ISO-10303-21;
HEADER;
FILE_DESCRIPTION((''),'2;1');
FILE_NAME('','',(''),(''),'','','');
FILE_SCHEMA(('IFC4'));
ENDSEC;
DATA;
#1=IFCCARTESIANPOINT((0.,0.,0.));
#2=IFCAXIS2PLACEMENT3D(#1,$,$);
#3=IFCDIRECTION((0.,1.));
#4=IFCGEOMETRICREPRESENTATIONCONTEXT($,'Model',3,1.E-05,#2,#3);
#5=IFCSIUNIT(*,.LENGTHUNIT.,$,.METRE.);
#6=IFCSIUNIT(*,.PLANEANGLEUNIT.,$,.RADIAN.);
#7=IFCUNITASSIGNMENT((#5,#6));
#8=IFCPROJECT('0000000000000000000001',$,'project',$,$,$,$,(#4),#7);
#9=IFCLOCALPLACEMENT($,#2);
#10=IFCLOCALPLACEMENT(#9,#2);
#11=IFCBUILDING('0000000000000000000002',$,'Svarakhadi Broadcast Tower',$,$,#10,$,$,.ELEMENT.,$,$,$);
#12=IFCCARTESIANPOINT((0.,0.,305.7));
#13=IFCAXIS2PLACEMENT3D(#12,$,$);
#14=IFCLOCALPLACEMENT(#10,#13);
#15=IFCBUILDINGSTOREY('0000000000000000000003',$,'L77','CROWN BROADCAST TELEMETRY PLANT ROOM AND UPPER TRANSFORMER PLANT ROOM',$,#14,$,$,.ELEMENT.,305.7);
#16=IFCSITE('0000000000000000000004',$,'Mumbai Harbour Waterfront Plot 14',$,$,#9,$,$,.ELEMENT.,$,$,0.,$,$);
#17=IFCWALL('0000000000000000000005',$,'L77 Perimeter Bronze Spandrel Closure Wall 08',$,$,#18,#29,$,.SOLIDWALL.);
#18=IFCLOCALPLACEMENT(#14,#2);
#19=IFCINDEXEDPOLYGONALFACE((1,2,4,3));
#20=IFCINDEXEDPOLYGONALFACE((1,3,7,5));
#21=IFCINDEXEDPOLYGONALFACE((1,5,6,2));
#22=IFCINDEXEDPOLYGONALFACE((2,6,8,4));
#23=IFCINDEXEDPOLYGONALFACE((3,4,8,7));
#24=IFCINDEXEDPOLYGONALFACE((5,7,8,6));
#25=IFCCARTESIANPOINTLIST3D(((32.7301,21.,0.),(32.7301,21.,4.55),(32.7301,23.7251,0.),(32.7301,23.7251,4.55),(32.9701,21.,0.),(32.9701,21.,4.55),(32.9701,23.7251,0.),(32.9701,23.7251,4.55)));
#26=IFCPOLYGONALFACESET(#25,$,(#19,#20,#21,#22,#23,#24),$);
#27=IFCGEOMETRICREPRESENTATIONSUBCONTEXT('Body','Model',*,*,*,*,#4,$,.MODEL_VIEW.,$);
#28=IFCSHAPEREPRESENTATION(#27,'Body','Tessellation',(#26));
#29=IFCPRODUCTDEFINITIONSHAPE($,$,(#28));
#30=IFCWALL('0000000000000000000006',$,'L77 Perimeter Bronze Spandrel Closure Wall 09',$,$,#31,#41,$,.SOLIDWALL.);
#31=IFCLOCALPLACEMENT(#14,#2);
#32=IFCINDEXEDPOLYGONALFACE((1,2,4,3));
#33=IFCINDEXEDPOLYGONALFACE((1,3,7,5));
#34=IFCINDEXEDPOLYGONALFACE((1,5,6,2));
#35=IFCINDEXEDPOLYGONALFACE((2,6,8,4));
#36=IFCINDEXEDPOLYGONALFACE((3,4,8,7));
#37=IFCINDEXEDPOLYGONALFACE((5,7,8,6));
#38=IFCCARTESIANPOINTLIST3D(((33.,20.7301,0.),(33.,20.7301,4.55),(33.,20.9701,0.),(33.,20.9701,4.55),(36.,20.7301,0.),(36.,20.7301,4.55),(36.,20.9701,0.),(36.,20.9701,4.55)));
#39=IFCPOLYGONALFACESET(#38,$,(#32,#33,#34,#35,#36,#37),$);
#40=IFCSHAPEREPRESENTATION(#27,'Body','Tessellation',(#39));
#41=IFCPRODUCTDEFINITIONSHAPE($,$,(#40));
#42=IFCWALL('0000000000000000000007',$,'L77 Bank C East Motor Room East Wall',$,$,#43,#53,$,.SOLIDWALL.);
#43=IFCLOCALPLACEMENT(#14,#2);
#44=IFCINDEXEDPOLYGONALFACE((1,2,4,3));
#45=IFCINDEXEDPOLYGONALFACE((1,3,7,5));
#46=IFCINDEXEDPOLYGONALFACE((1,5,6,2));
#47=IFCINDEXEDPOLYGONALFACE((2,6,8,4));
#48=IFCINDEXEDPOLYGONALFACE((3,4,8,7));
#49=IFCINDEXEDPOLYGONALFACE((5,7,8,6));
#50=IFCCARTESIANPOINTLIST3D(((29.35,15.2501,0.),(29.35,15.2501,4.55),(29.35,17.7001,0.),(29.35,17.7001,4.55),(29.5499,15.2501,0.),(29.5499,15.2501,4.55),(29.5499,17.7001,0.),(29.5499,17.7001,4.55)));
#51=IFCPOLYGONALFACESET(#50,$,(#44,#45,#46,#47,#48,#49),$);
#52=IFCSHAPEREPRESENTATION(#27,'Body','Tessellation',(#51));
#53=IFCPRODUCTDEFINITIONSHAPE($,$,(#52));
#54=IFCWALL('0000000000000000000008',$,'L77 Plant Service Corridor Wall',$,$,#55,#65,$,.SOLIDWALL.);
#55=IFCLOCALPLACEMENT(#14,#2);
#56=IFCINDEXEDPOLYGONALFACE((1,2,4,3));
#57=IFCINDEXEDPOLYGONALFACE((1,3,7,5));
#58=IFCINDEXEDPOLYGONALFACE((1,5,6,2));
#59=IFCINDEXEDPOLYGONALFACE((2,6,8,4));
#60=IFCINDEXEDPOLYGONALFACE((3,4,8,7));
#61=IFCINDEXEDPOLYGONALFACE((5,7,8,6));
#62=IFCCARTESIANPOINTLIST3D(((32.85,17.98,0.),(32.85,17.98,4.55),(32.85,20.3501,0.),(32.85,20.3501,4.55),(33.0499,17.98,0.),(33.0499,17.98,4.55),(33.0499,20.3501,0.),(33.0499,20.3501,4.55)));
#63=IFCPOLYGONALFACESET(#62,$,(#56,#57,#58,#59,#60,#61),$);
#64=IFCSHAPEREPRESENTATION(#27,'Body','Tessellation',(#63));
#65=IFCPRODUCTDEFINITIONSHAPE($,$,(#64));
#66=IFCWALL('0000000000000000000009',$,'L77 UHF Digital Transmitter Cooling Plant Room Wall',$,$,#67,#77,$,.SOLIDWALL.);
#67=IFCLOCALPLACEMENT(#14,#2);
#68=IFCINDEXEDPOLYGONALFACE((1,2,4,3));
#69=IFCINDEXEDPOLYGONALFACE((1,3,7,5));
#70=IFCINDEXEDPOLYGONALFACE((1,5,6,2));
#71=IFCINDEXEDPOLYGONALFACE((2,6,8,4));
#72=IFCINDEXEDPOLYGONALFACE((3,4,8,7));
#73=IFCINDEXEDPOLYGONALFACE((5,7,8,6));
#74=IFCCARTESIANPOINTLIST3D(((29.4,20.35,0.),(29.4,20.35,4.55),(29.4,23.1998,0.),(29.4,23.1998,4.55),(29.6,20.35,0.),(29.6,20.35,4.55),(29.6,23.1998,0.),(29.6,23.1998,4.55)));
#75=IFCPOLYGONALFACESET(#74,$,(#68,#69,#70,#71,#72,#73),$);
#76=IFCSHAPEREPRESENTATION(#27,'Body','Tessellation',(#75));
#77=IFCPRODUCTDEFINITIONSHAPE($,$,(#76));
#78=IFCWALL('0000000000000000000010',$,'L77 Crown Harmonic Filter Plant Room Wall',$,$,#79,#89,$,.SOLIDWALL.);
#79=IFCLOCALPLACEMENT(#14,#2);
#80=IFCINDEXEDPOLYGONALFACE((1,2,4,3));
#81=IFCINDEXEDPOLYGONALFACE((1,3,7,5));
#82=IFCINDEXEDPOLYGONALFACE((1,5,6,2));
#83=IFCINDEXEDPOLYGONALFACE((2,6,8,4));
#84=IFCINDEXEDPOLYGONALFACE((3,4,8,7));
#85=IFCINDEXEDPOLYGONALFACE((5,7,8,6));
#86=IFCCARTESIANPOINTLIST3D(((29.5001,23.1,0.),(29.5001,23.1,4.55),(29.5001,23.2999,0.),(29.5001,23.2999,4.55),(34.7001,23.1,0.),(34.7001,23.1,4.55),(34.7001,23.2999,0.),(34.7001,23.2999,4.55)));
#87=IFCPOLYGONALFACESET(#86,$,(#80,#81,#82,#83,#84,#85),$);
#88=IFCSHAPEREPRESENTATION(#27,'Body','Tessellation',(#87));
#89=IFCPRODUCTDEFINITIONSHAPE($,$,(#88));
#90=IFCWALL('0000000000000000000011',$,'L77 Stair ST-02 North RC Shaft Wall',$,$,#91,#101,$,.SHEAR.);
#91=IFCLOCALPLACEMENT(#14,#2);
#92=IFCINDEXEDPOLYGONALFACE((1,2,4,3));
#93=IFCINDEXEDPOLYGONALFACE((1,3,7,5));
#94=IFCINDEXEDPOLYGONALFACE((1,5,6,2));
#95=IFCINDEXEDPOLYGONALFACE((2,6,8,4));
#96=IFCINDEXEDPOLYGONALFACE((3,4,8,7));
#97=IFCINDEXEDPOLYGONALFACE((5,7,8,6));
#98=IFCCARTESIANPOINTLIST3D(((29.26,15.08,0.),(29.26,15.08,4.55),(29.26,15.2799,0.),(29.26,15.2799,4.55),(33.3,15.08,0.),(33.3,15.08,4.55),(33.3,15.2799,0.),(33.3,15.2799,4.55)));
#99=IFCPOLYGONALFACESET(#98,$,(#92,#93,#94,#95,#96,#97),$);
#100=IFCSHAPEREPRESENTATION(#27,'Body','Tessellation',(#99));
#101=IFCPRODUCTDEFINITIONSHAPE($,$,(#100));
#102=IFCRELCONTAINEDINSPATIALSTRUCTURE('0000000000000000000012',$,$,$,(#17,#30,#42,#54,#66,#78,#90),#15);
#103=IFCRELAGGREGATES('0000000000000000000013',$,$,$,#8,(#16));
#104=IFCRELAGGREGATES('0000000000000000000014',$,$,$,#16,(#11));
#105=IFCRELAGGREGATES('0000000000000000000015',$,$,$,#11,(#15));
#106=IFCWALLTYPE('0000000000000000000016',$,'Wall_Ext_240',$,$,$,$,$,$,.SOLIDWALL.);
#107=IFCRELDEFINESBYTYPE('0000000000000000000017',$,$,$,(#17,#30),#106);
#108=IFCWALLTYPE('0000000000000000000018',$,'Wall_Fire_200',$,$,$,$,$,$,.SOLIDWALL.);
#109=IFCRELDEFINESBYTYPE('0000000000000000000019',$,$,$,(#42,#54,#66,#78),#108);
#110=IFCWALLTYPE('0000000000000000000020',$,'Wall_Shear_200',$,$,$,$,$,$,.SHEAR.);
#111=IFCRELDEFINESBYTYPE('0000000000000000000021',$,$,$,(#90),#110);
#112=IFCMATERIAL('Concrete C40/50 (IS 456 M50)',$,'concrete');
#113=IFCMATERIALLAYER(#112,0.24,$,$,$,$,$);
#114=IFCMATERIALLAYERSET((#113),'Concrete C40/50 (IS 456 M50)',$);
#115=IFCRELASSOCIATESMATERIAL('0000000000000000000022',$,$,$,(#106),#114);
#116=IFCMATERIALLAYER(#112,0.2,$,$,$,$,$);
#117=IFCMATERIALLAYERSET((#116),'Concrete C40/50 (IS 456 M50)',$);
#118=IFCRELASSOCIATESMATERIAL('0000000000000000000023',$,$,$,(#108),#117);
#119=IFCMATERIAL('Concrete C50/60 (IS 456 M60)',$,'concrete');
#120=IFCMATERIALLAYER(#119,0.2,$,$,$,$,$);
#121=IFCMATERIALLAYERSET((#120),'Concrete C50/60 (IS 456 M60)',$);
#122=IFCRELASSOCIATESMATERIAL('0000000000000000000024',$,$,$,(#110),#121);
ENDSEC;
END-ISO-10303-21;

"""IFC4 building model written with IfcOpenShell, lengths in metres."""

from ifc_helpers import new_model, si_unit, direction, frame, frame_2d, origin, place, context, subcontext, project, spatial, rectangle, extrude, material, layer, layer_set, type_object, element, save


model = new_model("IFC4")

# Units and contexts
model_context = context("Model", 3, precision=1e-05, world=origin(), true_north=direction((0.0, 1.0)))
body_context = subcontext(model_context, "Body", "Model", "MODEL_VIEW")
ifc_project = project(units=[si_unit("LENGTHUNIT", "METRE"), si_unit("PLANEANGLEUNIT", "RADIAN")], contexts=[model_context])

# Site, building, storey
site_placement = place(None, origin())
site = spatial("IfcSite", under=ifc_project, at=site_placement, Name="Mumbai Harbour Waterfront Plot 14", CompositionType="ELEMENT", RefElevation=0.0)
building_placement = place(site_placement, origin())
building = spatial("IfcBuilding", under=site, at=building_placement, Name="Svarakhadi Broadcast Tower", CompositionType="ELEMENT")
storey_placement = place(building_placement, frame((0.0, 0.0, 305.7)))
storey = spatial("IfcBuildingStorey", under=building, at=storey_placement, Name="L77", Description="CROWN BROADCAST TELEMETRY PLANT ROOM AND UPPER TRANSFORMER PLANT ROOM", CompositionType="ELEMENT", Elevation=305.7)

# Shared definitions
ifc_material_1 = material(Name="Concrete C50/60 (IS 456 M60)", Category="concrete")

# Walls
ifc_material_2 = material(Name="Concrete C40/50 (IS 456 M50)", Category="concrete")
ifc_layer_1 = layer(ifc_material_2, 0.24)
ifc_layer_set_1 = layer_set([ifc_layer_1], Name="Concrete C40/50 (IS 456 M50)")
wall_type_1 = type_object("IfcWallType", Name="Wall_Ext_240", PredefinedType="SOLIDWALL", material=ifc_layer_set_1)
wall_1_placement = place(storey_placement, frame((32.8501, 23.7251, 0.0), z_axis=(0.0, 0.0, 1.0), x_axis=(0.0, -1.0, 0.0)))
element("IfcWall", 1, at=wall_1_placement, inside=storey, type_object=wall_type_1, Name="L77 Perimeter Bronze Spandrel Closure Wall 08", PredefinedType="SOLIDWALL", context=body_context, shape_type="SweptSolid", body=[
    extrude(rectangle(XDim=2.7251, YDim=0.24, at=frame_2d((1.3625, 0.0))), origin(), (0.0, 0.0, 1.0), 4.55),
])
wall_2_placement = place(storey_placement, frame((33.0, 20.8501, 0.0), z_axis=(0.0, 0.0, 1.0), x_axis=(1.0, 0.0, 0.0)))
element("IfcWall", 2, at=wall_2_placement, inside=storey, type_object=wall_type_1, Name="L77 Perimeter Bronze Spandrel Closure Wall 09", PredefinedType="SOLIDWALL", context=body_context, shape_type="SweptSolid", body=[
    extrude(rectangle(XDim=3.0, YDim=0.24, at=frame_2d((1.5, 0.0))), origin(), (0.0, 0.0, 1.0), 4.55),
])
ifc_layer_2 = layer(ifc_material_2, 0.2)
ifc_layer_set_2 = layer_set([ifc_layer_2], Name="Concrete C40/50 (IS 456 M50)")
wall_type_2 = type_object("IfcWallType", Name="Wall_Fire_200", PredefinedType="SOLIDWALL", material=ifc_layer_set_2)
wall_3_placement = place(storey_placement, frame((29.45, 15.25, 0.0), z_axis=(0.0, 0.0, 1.0), x_axis=(0.0, 1.0, 0.0)))
element("IfcWall", 3, at=wall_3_placement, inside=storey, type_object=wall_type_2, Name="L77 Bank C East Motor Room East Wall", PredefinedType="SOLIDWALL", context=body_context, shape_type="SweptSolid", body=[
    extrude(rectangle(XDim=2.45, YDim=0.2, at=frame_2d((1.2251, 0.0))), origin(), (0.0, 0.0, 1.0), 4.55),
])
wall_4_placement = place(storey_placement, frame((32.95, 20.3501, 0.0), z_axis=(0.0, 0.0, 1.0), x_axis=(0.0, -1.0, 0.0)))
element("IfcWall", 4, at=wall_4_placement, inside=storey, type_object=wall_type_2, Name="L77 Plant Service Corridor Wall", PredefinedType="SOLIDWALL", context=body_context, shape_type="SweptSolid", body=[
    extrude(rectangle(XDim=2.3701, YDim=0.2, at=frame_2d((1.1851, 0.0))), origin(), (0.0, 0.0, 1.0), 4.55),
])
wall_5_placement = place(storey_placement, frame((29.5, 20.3501, 0.0), z_axis=(0.0, 0.0, 1.0), x_axis=(0.0, 1.0, 0.0)))
element("IfcWall", 5, at=wall_5_placement, inside=storey, type_object=wall_type_2, Name="L77 UHF Digital Transmitter Cooling Plant Room Wall", PredefinedType="SOLIDWALL", context=body_context, shape_type="SweptSolid", body=[
    extrude(rectangle(XDim=2.8499, YDim=0.2, at=frame_2d((1.4248, 0.0))), origin(), (0.0, 0.0, 1.0), 4.55),
])
wall_6_placement = place(storey_placement, frame((29.5, 23.2, 0.0), z_axis=(0.0, 0.0, 1.0), x_axis=(1.0, 0.0, 0.0)))
element("IfcWall", 6, at=wall_6_placement, inside=storey, type_object=wall_type_2, Name="L77 Crown Harmonic Filter Plant Room Wall", PredefinedType="SOLIDWALL", context=body_context, shape_type="SweptSolid", body=[
    extrude(rectangle(XDim=5.2, YDim=0.2, at=frame_2d((2.6001, 0.0))), origin(), (0.0, 0.0, 1.0), 4.55),
])

# Wall
ifc_layer_3 = layer(ifc_material_1, 0.2)
ifc_layer_set_3 = layer_set([ifc_layer_3], Name="Concrete C50/60 (IS 456 M60)")
wall_type_3 = type_object("IfcWallType", Name="Wall_Shear_200", PredefinedType="SHEAR", material=ifc_layer_set_3)
wall_7_placement = place(storey_placement, frame((29.26, 15.1799, 0.0), z_axis=(0.0, 0.0, 1.0), x_axis=(1.0, 0.0, 0.0)))
element("IfcWall", 7, at=wall_7_placement, inside=storey, type_object=wall_type_3, Name="L77 Stair ST-02 North RC Shaft Wall", PredefinedType="SHEAR", context=body_context, shape_type="SweptSolid", body=[
    extrude(rectangle(XDim=4.04, YDim=0.2, at=frame_2d((2.02, 0.0))), origin(), (0.0, 0.0, 1.0), 4.55),
])

save(model, "model.ifc")
